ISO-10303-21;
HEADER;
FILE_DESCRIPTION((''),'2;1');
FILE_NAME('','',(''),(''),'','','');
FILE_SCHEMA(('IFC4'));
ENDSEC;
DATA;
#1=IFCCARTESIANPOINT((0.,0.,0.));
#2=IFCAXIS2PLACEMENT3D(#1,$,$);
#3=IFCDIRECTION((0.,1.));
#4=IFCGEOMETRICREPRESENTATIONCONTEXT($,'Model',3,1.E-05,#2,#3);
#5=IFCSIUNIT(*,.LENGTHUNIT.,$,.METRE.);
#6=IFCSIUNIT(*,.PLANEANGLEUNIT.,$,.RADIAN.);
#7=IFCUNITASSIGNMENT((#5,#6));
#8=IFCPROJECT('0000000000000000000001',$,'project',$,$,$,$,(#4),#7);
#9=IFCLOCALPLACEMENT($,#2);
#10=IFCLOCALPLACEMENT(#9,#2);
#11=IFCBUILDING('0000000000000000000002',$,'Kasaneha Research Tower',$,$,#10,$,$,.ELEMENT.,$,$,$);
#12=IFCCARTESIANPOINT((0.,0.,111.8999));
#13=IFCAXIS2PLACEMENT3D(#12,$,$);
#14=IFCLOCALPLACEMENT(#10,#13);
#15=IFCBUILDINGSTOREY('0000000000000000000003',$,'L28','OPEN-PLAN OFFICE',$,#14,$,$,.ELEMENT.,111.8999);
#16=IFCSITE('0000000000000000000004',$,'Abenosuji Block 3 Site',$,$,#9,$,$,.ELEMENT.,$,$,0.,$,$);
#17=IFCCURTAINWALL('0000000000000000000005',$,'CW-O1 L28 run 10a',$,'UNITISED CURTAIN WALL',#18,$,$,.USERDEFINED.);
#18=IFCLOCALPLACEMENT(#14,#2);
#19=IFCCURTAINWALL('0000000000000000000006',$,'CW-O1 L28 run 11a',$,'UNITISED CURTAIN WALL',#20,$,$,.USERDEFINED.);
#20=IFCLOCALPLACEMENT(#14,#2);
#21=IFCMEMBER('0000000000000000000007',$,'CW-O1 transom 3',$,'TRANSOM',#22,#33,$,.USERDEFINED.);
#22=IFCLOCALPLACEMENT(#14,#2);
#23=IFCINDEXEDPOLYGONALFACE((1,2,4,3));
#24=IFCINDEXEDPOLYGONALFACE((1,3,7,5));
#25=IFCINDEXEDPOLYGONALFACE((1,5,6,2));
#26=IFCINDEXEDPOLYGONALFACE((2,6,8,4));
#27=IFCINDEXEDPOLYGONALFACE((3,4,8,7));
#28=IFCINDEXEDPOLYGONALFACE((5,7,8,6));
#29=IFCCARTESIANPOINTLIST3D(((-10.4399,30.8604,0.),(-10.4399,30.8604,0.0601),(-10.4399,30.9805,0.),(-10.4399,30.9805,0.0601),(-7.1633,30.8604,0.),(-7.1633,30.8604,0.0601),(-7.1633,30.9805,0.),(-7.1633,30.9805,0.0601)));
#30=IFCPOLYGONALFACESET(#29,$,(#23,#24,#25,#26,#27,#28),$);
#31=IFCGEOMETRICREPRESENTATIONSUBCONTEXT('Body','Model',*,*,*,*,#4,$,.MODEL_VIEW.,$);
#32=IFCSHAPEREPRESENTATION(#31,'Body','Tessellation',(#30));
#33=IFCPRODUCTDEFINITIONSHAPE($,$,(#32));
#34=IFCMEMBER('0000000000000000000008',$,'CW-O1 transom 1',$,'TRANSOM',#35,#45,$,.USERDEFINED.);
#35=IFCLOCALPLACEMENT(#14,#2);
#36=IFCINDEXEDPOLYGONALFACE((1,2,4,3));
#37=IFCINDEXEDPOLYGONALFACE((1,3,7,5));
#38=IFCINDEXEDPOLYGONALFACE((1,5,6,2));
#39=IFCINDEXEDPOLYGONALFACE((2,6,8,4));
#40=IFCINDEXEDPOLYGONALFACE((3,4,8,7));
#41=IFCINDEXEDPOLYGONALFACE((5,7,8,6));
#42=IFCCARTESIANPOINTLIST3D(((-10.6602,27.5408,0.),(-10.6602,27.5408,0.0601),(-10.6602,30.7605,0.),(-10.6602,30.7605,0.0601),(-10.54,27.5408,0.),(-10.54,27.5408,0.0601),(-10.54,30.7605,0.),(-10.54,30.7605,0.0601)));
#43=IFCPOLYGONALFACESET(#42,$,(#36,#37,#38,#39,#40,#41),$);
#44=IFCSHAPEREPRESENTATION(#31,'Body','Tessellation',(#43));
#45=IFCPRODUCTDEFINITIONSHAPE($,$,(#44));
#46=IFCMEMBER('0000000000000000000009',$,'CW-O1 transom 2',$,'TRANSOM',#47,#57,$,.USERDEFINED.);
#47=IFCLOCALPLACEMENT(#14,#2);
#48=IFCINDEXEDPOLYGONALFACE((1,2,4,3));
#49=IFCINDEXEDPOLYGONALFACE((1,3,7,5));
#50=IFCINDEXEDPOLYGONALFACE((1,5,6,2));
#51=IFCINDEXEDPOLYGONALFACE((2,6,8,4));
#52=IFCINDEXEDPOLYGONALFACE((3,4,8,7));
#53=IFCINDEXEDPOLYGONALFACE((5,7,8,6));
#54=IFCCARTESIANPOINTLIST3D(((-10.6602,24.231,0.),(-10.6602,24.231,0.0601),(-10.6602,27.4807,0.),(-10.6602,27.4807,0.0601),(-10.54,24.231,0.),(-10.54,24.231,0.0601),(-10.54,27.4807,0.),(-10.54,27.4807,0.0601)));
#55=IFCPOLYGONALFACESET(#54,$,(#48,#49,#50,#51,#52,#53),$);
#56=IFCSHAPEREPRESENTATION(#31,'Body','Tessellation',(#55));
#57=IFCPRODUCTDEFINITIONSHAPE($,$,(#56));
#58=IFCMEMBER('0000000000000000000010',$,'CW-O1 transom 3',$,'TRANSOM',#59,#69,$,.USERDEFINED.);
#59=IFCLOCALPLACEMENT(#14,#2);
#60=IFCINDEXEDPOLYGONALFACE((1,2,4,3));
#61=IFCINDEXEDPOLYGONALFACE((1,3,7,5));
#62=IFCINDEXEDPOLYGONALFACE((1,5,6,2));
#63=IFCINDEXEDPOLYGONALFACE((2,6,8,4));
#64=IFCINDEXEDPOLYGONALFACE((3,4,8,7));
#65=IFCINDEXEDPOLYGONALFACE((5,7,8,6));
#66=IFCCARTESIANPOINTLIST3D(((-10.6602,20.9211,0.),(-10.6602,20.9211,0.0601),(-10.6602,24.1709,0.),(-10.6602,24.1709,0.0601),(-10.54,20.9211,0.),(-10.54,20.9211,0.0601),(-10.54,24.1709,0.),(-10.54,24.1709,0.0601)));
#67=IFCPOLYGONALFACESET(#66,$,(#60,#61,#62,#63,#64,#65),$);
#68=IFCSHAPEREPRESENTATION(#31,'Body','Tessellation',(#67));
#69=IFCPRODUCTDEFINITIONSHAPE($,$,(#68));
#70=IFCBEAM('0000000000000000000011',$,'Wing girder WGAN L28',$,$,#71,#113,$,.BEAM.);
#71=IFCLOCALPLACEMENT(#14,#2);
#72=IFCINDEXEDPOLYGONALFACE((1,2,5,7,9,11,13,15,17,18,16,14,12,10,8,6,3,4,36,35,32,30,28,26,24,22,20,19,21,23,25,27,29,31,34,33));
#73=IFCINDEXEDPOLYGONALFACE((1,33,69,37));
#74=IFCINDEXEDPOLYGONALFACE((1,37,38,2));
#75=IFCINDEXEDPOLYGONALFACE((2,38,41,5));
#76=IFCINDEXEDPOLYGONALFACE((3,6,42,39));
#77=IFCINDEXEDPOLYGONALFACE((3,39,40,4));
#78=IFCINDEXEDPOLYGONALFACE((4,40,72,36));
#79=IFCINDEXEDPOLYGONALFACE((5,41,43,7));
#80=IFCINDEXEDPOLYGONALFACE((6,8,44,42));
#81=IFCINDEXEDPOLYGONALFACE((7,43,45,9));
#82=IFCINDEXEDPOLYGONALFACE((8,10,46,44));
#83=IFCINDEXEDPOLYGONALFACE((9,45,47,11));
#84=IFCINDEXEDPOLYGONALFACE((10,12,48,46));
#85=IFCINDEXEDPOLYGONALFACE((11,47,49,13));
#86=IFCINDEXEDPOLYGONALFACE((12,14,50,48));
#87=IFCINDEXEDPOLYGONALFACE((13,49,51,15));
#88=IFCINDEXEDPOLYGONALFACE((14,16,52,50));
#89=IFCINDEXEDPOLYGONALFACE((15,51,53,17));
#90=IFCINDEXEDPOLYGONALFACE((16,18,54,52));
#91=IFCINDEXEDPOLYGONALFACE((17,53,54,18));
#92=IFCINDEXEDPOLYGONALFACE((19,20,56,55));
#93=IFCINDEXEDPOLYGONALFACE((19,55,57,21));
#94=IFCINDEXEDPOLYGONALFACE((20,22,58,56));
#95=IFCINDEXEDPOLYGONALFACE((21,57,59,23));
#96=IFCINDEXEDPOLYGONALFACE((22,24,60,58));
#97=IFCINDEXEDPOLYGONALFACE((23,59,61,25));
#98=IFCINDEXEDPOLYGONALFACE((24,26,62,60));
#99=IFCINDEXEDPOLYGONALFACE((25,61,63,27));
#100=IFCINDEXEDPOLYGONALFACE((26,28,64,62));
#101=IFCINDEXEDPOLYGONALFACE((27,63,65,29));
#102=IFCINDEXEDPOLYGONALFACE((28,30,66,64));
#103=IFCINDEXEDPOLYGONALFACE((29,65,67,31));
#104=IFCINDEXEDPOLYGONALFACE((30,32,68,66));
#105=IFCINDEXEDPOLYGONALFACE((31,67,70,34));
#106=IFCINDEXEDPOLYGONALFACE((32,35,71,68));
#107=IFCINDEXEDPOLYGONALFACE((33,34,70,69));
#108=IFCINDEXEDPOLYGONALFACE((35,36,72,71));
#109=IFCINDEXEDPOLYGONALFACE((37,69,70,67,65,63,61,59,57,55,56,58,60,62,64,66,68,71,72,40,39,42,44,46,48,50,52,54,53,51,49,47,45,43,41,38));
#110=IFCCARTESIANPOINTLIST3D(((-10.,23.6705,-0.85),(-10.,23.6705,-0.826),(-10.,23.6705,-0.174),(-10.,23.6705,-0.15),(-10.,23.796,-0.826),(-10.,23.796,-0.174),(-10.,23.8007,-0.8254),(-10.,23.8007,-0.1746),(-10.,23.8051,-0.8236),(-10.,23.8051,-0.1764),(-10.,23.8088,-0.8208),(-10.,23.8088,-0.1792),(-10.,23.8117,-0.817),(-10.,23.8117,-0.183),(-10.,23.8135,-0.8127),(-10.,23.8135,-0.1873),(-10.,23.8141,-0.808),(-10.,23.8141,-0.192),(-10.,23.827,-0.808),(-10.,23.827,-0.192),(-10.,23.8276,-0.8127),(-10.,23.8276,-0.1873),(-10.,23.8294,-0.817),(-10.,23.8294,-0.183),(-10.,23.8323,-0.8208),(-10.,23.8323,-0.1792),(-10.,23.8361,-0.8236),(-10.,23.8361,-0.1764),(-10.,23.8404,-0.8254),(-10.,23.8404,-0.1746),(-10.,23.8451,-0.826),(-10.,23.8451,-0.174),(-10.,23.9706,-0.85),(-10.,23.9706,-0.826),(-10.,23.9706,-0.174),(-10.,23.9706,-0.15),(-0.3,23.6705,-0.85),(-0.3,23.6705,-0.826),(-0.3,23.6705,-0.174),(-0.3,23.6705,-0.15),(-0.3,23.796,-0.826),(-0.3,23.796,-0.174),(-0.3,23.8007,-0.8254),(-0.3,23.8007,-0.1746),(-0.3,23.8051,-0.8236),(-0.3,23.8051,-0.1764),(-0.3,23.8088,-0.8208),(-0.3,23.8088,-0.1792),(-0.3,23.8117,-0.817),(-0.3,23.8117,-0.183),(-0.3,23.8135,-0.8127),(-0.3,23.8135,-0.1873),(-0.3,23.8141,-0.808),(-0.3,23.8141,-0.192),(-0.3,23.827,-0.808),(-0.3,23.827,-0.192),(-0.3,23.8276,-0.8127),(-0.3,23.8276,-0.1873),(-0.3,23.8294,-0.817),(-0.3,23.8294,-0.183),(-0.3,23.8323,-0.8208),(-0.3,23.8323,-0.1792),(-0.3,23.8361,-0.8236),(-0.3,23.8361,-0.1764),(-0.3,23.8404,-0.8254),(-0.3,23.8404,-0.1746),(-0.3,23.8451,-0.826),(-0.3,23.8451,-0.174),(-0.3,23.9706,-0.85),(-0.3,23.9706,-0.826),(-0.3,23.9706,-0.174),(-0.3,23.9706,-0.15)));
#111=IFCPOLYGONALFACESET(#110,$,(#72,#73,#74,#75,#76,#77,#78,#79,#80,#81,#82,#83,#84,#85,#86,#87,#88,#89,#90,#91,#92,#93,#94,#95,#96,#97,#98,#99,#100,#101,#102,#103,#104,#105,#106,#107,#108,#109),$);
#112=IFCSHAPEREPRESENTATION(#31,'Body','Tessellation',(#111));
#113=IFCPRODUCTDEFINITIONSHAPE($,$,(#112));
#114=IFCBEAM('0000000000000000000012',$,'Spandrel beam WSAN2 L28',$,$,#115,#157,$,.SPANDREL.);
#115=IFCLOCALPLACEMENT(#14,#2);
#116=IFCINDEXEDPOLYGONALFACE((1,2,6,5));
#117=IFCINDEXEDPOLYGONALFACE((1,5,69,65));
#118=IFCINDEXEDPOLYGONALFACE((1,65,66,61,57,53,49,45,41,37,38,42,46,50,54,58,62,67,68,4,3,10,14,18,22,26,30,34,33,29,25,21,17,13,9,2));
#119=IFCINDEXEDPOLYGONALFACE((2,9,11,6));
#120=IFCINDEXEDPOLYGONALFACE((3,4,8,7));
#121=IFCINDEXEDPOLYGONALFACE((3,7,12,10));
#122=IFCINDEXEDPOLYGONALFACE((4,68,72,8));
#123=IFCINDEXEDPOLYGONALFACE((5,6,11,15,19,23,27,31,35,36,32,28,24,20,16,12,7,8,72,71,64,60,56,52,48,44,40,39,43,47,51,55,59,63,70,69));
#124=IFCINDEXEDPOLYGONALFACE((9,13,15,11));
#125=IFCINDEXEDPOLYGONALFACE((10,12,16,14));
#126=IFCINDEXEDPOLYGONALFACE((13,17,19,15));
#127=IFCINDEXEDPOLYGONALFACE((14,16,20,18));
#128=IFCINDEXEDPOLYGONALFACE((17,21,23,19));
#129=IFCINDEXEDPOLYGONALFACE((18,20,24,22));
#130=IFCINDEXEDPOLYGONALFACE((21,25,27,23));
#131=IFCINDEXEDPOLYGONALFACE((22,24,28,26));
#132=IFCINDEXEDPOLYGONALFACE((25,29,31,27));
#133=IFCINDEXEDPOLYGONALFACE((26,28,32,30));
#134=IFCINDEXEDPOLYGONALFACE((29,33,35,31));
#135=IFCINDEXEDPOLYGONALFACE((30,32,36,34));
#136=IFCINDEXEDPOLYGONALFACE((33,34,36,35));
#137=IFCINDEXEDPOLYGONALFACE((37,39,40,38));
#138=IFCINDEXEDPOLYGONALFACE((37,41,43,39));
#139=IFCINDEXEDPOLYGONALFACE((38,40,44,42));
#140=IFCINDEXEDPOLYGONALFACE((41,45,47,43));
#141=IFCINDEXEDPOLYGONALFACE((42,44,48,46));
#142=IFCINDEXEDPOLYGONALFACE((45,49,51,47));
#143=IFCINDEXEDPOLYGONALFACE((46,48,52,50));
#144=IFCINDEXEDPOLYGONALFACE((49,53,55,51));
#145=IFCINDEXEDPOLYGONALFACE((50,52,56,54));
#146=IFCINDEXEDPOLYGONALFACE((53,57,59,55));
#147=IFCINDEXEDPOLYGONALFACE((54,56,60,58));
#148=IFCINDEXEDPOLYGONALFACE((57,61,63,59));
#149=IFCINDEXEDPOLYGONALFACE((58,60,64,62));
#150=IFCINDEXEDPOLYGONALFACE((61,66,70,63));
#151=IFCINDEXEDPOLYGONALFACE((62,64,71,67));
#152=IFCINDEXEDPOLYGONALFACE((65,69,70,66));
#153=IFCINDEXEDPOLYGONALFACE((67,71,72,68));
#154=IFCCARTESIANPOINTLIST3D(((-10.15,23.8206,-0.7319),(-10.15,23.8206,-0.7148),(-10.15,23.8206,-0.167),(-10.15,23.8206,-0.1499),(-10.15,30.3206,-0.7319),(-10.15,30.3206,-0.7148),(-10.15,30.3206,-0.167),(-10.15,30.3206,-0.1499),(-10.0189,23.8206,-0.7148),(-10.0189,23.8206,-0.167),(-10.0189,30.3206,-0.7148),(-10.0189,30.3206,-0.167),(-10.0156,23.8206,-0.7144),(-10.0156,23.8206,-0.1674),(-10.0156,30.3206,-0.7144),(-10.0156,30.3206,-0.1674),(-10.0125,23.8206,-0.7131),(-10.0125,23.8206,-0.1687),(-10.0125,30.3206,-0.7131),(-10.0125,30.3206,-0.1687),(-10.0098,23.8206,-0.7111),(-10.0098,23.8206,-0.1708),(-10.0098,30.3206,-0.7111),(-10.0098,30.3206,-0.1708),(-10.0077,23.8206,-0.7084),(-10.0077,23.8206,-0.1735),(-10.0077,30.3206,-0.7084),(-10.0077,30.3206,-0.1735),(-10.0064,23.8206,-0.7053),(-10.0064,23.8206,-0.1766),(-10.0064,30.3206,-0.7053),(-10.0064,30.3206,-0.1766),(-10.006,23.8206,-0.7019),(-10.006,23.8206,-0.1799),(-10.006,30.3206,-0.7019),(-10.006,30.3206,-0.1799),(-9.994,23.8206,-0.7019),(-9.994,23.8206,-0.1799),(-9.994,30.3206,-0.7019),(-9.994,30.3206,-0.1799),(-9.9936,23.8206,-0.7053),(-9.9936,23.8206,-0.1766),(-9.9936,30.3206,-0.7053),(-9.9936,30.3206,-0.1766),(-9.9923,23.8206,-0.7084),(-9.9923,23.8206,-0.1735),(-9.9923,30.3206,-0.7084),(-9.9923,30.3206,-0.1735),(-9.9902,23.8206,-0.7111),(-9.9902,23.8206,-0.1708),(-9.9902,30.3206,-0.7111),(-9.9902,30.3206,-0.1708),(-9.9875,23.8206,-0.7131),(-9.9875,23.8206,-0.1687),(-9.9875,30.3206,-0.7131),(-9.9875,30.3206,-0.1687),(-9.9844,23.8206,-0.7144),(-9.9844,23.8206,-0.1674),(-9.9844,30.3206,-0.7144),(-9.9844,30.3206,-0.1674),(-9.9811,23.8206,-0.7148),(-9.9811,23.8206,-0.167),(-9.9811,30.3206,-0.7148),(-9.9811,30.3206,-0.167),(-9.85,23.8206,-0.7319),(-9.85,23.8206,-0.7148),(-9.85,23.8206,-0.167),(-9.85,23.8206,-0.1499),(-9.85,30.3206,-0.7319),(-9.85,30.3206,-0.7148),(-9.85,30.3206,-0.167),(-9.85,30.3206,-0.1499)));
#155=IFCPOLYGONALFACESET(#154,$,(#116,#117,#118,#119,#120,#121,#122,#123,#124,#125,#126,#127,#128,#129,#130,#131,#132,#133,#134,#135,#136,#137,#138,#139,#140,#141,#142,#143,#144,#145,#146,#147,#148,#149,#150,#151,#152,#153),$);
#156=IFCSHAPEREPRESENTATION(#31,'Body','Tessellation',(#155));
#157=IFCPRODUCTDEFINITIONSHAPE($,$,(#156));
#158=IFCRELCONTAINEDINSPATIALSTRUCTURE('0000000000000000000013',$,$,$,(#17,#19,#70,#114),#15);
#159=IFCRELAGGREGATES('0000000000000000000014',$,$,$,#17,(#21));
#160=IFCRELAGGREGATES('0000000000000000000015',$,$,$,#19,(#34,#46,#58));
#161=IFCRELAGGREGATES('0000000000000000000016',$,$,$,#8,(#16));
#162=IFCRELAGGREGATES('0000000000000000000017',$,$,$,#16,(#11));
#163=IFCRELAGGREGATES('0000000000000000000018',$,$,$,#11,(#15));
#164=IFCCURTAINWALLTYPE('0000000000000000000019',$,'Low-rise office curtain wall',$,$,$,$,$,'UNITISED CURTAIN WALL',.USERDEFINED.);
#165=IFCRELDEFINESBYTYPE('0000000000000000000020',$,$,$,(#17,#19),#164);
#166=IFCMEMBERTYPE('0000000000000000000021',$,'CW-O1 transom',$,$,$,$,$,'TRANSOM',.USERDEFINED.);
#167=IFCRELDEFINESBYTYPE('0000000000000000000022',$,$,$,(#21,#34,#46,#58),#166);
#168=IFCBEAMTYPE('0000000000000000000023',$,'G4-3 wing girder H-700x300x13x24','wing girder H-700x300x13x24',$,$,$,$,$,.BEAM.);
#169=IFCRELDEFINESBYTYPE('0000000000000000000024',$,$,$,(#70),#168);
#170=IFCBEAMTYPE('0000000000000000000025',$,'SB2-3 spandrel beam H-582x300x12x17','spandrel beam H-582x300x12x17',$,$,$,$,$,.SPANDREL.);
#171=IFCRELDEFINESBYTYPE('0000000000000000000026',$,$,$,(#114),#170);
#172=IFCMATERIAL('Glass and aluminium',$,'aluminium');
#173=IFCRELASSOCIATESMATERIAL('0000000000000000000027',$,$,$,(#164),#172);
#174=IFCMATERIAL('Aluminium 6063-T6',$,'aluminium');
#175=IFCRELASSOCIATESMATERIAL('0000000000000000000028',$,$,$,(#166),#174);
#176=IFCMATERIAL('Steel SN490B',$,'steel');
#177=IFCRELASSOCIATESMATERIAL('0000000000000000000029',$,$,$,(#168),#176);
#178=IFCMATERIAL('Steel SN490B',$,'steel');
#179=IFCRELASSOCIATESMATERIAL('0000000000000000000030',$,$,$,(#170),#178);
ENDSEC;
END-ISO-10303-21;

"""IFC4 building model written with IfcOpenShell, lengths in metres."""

from ifc_helpers import new_model, si_unit, direction, frame, origin, origin_2d, place, context, subcontext, project, spatial, rectangle, i_section, extrude, material, material_profile, profile_set, type_object, element, aggregate, save


model = new_model("IFC4")

# Units and contexts
model_context = context("Model", 3, precision=1e-05, world=origin(), true_north=direction((0.0, 1.0)))
body_context = subcontext(model_context, "Body", "Model", "MODEL_VIEW")
ifc_project = project(units=[si_unit("LENGTHUNIT", "METRE"), si_unit("PLANEANGLEUNIT", "RADIAN")], contexts=[model_context])

# Site, building, storey
site_placement = place(None, origin())
site = spatial("IfcSite", under=ifc_project, at=site_placement, Name="Abenosuji Block 3 Site", CompositionType="ELEMENT", RefElevation=0.0)
building_placement = place(site_placement, origin())
building = spatial("IfcBuilding", under=site, at=building_placement, Name="Kasaneha Research Tower", CompositionType="ELEMENT")
storey_placement = place(building_placement, frame((0.0, 0.0, 111.8999)))
storey = spatial("IfcBuildingStorey", under=building, at=storey_placement, Name="L28", Description="OPEN-PLAN OFFICE", CompositionType="ELEMENT", Elevation=111.8999)

# Curtain walls
ifc_material_1 = material(Name="Glass and aluminium", Category="aluminium")
curtain_wall_type = type_object("IfcCurtainWallType", Name="Low-rise office curtain wall", ElementType="UNITISED CURTAIN WALL", PredefinedType="USERDEFINED", material=ifc_material_1)
curtain_wall_1_placement = place(storey_placement, origin())
curtain_wall_1 = element("IfcCurtainWall", 1, at=curtain_wall_1_placement, inside=storey, type_object=curtain_wall_type, Name="CW-O1 L28 run 10a", ObjectType="UNITISED CURTAIN WALL", PredefinedType="USERDEFINED")
curtain_wall_2_placement = place(storey_placement, origin())
curtain_wall_2 = element("IfcCurtainWall", 2, at=curtain_wall_2_placement, inside=storey, type_object=curtain_wall_type, Name="CW-O1 L28 run 11a", ObjectType="UNITISED CURTAIN WALL", PredefinedType="USERDEFINED")

# Members
ifc_material_2 = material(Name="Aluminium 6063-T6", Category="aluminium")
ifc_material_profile_1 = material_profile(ifc_material_2, rectangle(XDim=0.1201, YDim=0.0601, at=origin_2d()), Name="CW-O1 transom 120x60")
ifc_profile_set_1 = profile_set([ifc_material_profile_1], Name="Aluminium 6063-T6")
member_type_1 = type_object("IfcMemberType", Name="CW-O1 transom", ElementType="TRANSOM", PredefinedType="USERDEFINED", material=ifc_profile_set_1)
member_1_placement = place(storey_placement, frame((-7.1633, 30.9204, 0.03), z_axis=(-1.0, 0.0, 0.0), x_axis=(0.0, -1.0, 0.0)))
member_1 = element("IfcMember", 3, at=member_1_placement, type_object=member_type_1, Name="CW-O1 transom 3", ObjectType="TRANSOM", PredefinedType="USERDEFINED", context=body_context, shape_type="SweptSolid", body=[
    extrude(rectangle(XDim=0.1201, YDim=0.0601, at=origin_2d()), origin(), (0.0, 0.0, 1.0), 3.2766),
])
member_2_placement = place(storey_placement, frame((-10.6001, 30.7605, 0.03), z_axis=(0.0, -1.0, 0.0), x_axis=(1.0, 0.0, 0.0)))
member_2 = element("IfcMember", 4, at=member_2_placement, type_object=member_type_1, Name="CW-O1 transom 1", ObjectType="TRANSOM", PredefinedType="USERDEFINED", context=body_context, shape_type="SweptSolid", body=[
    extrude(rectangle(XDim=0.1201, YDim=0.0601, at=origin_2d()), origin(), (0.0, 0.0, 1.0), 3.2197),
])
member_3_placement = place(storey_placement, frame((-10.6001, 27.4807, 0.03), z_axis=(0.0, -1.0, 0.0), x_axis=(1.0, 0.0, 0.0)))
member_3 = element("IfcMember", 5, at=member_3_placement, type_object=member_type_1, Name="CW-O1 transom 2", ObjectType="TRANSOM", PredefinedType="USERDEFINED", context=body_context, shape_type="SweptSolid", body=[
    extrude(rectangle(XDim=0.1201, YDim=0.0601, at=origin_2d()), origin(), (0.0, 0.0, 1.0), 3.2498),
])
member_4_placement = place(storey_placement, frame((-10.6001, 24.1709, 0.03), z_axis=(0.0, -1.0, 0.0), x_axis=(1.0, 0.0, 0.0)))
member_4 = element("IfcMember", 6, at=member_4_placement, type_object=member_type_1, Name="CW-O1 transom 3", ObjectType="TRANSOM", PredefinedType="USERDEFINED", context=body_context, shape_type="SweptSolid", body=[
    extrude(rectangle(XDim=0.1201, YDim=0.0601, at=origin_2d()), origin(), (0.0, 0.0, 1.0), 3.2498),
])

# Beams
ifc_material_3 = material(Name="Steel SN490B", Category="steel")
ifc_material_profile_2 = material_profile(ifc_material_3, i_section(OverallWidth=0.3, OverallDepth=0.7, WebThickness=0.0129, FlangeThickness=0.0239, FilletRadius=0.0181, at=origin_2d()), Name="H-700x300x13x24")
ifc_profile_set_2 = profile_set([ifc_material_profile_2], Name="Steel SN490B")
beam_type_1 = type_object("IfcBeamType", Name="G4-3 wing girder H-700x300x13x24", Description="wing girder H-700x300x13x24", PredefinedType="BEAM", material=ifc_profile_set_2)
beam_1_placement = place(storey_placement, frame((-10.0, 23.8206, -0.5), z_axis=(1.0, 0.0, 0.0), x_axis=(0.0, 1.0, 0.0)))
element("IfcBeam", 7, at=beam_1_placement, inside=storey, type_object=beam_type_1, Name="Wing girder WGAN L28", PredefinedType="BEAM", context=body_context, shape_type="SweptSolid", body=[
    extrude(i_section(OverallWidth=0.3, OverallDepth=0.7, WebThickness=0.0129, FlangeThickness=0.0239, FilletRadius=0.0181, at=origin_2d()), origin(), (0.0, 0.0, 1.0), 9.7),
])
ifc_material_4 = material(Name="Steel SN490B", Category="steel")
ifc_material_profile_3 = material_profile(ifc_material_4, i_section(OverallWidth=0.3, OverallDepth=0.582, WebThickness=0.012, FlangeThickness=0.0171, FilletRadius=0.0129, at=origin_2d()), Name="H-582x300x12x17")
ifc_profile_set_3 = profile_set([ifc_material_profile_3], Name="Steel SN490B")
beam_type_2 = type_object("IfcBeamType", Name="SB2-3 spandrel beam H-582x300x12x17", Description="spandrel beam H-582x300x12x17", PredefinedType="SPANDREL", material=ifc_profile_set_3)
beam_2_placement = place(storey_placement, frame((-10.0, 23.8206, -0.4409), z_axis=(0.0, 1.0, 0.0), x_axis=(-1.0, 0.0, 0.0)))
element("IfcBeam", 8, at=beam_2_placement, inside=storey, type_object=beam_type_2, Name="Spandrel beam WSAN2 L28", PredefinedType="SPANDREL", context=body_context, shape_type="SweptSolid", body=[
    extrude(i_section(OverallWidth=0.3, OverallDepth=0.582, WebThickness=0.012, FlangeThickness=0.0171, FilletRadius=0.0129, at=origin_2d()), origin(), (0.0, 0.0, 1.0), 6.5),
])

aggregate(curtain_wall_1, [member_1])
aggregate(curtain_wall_2, [member_2, member_3, member_4])

save(model, "model.ifc")
